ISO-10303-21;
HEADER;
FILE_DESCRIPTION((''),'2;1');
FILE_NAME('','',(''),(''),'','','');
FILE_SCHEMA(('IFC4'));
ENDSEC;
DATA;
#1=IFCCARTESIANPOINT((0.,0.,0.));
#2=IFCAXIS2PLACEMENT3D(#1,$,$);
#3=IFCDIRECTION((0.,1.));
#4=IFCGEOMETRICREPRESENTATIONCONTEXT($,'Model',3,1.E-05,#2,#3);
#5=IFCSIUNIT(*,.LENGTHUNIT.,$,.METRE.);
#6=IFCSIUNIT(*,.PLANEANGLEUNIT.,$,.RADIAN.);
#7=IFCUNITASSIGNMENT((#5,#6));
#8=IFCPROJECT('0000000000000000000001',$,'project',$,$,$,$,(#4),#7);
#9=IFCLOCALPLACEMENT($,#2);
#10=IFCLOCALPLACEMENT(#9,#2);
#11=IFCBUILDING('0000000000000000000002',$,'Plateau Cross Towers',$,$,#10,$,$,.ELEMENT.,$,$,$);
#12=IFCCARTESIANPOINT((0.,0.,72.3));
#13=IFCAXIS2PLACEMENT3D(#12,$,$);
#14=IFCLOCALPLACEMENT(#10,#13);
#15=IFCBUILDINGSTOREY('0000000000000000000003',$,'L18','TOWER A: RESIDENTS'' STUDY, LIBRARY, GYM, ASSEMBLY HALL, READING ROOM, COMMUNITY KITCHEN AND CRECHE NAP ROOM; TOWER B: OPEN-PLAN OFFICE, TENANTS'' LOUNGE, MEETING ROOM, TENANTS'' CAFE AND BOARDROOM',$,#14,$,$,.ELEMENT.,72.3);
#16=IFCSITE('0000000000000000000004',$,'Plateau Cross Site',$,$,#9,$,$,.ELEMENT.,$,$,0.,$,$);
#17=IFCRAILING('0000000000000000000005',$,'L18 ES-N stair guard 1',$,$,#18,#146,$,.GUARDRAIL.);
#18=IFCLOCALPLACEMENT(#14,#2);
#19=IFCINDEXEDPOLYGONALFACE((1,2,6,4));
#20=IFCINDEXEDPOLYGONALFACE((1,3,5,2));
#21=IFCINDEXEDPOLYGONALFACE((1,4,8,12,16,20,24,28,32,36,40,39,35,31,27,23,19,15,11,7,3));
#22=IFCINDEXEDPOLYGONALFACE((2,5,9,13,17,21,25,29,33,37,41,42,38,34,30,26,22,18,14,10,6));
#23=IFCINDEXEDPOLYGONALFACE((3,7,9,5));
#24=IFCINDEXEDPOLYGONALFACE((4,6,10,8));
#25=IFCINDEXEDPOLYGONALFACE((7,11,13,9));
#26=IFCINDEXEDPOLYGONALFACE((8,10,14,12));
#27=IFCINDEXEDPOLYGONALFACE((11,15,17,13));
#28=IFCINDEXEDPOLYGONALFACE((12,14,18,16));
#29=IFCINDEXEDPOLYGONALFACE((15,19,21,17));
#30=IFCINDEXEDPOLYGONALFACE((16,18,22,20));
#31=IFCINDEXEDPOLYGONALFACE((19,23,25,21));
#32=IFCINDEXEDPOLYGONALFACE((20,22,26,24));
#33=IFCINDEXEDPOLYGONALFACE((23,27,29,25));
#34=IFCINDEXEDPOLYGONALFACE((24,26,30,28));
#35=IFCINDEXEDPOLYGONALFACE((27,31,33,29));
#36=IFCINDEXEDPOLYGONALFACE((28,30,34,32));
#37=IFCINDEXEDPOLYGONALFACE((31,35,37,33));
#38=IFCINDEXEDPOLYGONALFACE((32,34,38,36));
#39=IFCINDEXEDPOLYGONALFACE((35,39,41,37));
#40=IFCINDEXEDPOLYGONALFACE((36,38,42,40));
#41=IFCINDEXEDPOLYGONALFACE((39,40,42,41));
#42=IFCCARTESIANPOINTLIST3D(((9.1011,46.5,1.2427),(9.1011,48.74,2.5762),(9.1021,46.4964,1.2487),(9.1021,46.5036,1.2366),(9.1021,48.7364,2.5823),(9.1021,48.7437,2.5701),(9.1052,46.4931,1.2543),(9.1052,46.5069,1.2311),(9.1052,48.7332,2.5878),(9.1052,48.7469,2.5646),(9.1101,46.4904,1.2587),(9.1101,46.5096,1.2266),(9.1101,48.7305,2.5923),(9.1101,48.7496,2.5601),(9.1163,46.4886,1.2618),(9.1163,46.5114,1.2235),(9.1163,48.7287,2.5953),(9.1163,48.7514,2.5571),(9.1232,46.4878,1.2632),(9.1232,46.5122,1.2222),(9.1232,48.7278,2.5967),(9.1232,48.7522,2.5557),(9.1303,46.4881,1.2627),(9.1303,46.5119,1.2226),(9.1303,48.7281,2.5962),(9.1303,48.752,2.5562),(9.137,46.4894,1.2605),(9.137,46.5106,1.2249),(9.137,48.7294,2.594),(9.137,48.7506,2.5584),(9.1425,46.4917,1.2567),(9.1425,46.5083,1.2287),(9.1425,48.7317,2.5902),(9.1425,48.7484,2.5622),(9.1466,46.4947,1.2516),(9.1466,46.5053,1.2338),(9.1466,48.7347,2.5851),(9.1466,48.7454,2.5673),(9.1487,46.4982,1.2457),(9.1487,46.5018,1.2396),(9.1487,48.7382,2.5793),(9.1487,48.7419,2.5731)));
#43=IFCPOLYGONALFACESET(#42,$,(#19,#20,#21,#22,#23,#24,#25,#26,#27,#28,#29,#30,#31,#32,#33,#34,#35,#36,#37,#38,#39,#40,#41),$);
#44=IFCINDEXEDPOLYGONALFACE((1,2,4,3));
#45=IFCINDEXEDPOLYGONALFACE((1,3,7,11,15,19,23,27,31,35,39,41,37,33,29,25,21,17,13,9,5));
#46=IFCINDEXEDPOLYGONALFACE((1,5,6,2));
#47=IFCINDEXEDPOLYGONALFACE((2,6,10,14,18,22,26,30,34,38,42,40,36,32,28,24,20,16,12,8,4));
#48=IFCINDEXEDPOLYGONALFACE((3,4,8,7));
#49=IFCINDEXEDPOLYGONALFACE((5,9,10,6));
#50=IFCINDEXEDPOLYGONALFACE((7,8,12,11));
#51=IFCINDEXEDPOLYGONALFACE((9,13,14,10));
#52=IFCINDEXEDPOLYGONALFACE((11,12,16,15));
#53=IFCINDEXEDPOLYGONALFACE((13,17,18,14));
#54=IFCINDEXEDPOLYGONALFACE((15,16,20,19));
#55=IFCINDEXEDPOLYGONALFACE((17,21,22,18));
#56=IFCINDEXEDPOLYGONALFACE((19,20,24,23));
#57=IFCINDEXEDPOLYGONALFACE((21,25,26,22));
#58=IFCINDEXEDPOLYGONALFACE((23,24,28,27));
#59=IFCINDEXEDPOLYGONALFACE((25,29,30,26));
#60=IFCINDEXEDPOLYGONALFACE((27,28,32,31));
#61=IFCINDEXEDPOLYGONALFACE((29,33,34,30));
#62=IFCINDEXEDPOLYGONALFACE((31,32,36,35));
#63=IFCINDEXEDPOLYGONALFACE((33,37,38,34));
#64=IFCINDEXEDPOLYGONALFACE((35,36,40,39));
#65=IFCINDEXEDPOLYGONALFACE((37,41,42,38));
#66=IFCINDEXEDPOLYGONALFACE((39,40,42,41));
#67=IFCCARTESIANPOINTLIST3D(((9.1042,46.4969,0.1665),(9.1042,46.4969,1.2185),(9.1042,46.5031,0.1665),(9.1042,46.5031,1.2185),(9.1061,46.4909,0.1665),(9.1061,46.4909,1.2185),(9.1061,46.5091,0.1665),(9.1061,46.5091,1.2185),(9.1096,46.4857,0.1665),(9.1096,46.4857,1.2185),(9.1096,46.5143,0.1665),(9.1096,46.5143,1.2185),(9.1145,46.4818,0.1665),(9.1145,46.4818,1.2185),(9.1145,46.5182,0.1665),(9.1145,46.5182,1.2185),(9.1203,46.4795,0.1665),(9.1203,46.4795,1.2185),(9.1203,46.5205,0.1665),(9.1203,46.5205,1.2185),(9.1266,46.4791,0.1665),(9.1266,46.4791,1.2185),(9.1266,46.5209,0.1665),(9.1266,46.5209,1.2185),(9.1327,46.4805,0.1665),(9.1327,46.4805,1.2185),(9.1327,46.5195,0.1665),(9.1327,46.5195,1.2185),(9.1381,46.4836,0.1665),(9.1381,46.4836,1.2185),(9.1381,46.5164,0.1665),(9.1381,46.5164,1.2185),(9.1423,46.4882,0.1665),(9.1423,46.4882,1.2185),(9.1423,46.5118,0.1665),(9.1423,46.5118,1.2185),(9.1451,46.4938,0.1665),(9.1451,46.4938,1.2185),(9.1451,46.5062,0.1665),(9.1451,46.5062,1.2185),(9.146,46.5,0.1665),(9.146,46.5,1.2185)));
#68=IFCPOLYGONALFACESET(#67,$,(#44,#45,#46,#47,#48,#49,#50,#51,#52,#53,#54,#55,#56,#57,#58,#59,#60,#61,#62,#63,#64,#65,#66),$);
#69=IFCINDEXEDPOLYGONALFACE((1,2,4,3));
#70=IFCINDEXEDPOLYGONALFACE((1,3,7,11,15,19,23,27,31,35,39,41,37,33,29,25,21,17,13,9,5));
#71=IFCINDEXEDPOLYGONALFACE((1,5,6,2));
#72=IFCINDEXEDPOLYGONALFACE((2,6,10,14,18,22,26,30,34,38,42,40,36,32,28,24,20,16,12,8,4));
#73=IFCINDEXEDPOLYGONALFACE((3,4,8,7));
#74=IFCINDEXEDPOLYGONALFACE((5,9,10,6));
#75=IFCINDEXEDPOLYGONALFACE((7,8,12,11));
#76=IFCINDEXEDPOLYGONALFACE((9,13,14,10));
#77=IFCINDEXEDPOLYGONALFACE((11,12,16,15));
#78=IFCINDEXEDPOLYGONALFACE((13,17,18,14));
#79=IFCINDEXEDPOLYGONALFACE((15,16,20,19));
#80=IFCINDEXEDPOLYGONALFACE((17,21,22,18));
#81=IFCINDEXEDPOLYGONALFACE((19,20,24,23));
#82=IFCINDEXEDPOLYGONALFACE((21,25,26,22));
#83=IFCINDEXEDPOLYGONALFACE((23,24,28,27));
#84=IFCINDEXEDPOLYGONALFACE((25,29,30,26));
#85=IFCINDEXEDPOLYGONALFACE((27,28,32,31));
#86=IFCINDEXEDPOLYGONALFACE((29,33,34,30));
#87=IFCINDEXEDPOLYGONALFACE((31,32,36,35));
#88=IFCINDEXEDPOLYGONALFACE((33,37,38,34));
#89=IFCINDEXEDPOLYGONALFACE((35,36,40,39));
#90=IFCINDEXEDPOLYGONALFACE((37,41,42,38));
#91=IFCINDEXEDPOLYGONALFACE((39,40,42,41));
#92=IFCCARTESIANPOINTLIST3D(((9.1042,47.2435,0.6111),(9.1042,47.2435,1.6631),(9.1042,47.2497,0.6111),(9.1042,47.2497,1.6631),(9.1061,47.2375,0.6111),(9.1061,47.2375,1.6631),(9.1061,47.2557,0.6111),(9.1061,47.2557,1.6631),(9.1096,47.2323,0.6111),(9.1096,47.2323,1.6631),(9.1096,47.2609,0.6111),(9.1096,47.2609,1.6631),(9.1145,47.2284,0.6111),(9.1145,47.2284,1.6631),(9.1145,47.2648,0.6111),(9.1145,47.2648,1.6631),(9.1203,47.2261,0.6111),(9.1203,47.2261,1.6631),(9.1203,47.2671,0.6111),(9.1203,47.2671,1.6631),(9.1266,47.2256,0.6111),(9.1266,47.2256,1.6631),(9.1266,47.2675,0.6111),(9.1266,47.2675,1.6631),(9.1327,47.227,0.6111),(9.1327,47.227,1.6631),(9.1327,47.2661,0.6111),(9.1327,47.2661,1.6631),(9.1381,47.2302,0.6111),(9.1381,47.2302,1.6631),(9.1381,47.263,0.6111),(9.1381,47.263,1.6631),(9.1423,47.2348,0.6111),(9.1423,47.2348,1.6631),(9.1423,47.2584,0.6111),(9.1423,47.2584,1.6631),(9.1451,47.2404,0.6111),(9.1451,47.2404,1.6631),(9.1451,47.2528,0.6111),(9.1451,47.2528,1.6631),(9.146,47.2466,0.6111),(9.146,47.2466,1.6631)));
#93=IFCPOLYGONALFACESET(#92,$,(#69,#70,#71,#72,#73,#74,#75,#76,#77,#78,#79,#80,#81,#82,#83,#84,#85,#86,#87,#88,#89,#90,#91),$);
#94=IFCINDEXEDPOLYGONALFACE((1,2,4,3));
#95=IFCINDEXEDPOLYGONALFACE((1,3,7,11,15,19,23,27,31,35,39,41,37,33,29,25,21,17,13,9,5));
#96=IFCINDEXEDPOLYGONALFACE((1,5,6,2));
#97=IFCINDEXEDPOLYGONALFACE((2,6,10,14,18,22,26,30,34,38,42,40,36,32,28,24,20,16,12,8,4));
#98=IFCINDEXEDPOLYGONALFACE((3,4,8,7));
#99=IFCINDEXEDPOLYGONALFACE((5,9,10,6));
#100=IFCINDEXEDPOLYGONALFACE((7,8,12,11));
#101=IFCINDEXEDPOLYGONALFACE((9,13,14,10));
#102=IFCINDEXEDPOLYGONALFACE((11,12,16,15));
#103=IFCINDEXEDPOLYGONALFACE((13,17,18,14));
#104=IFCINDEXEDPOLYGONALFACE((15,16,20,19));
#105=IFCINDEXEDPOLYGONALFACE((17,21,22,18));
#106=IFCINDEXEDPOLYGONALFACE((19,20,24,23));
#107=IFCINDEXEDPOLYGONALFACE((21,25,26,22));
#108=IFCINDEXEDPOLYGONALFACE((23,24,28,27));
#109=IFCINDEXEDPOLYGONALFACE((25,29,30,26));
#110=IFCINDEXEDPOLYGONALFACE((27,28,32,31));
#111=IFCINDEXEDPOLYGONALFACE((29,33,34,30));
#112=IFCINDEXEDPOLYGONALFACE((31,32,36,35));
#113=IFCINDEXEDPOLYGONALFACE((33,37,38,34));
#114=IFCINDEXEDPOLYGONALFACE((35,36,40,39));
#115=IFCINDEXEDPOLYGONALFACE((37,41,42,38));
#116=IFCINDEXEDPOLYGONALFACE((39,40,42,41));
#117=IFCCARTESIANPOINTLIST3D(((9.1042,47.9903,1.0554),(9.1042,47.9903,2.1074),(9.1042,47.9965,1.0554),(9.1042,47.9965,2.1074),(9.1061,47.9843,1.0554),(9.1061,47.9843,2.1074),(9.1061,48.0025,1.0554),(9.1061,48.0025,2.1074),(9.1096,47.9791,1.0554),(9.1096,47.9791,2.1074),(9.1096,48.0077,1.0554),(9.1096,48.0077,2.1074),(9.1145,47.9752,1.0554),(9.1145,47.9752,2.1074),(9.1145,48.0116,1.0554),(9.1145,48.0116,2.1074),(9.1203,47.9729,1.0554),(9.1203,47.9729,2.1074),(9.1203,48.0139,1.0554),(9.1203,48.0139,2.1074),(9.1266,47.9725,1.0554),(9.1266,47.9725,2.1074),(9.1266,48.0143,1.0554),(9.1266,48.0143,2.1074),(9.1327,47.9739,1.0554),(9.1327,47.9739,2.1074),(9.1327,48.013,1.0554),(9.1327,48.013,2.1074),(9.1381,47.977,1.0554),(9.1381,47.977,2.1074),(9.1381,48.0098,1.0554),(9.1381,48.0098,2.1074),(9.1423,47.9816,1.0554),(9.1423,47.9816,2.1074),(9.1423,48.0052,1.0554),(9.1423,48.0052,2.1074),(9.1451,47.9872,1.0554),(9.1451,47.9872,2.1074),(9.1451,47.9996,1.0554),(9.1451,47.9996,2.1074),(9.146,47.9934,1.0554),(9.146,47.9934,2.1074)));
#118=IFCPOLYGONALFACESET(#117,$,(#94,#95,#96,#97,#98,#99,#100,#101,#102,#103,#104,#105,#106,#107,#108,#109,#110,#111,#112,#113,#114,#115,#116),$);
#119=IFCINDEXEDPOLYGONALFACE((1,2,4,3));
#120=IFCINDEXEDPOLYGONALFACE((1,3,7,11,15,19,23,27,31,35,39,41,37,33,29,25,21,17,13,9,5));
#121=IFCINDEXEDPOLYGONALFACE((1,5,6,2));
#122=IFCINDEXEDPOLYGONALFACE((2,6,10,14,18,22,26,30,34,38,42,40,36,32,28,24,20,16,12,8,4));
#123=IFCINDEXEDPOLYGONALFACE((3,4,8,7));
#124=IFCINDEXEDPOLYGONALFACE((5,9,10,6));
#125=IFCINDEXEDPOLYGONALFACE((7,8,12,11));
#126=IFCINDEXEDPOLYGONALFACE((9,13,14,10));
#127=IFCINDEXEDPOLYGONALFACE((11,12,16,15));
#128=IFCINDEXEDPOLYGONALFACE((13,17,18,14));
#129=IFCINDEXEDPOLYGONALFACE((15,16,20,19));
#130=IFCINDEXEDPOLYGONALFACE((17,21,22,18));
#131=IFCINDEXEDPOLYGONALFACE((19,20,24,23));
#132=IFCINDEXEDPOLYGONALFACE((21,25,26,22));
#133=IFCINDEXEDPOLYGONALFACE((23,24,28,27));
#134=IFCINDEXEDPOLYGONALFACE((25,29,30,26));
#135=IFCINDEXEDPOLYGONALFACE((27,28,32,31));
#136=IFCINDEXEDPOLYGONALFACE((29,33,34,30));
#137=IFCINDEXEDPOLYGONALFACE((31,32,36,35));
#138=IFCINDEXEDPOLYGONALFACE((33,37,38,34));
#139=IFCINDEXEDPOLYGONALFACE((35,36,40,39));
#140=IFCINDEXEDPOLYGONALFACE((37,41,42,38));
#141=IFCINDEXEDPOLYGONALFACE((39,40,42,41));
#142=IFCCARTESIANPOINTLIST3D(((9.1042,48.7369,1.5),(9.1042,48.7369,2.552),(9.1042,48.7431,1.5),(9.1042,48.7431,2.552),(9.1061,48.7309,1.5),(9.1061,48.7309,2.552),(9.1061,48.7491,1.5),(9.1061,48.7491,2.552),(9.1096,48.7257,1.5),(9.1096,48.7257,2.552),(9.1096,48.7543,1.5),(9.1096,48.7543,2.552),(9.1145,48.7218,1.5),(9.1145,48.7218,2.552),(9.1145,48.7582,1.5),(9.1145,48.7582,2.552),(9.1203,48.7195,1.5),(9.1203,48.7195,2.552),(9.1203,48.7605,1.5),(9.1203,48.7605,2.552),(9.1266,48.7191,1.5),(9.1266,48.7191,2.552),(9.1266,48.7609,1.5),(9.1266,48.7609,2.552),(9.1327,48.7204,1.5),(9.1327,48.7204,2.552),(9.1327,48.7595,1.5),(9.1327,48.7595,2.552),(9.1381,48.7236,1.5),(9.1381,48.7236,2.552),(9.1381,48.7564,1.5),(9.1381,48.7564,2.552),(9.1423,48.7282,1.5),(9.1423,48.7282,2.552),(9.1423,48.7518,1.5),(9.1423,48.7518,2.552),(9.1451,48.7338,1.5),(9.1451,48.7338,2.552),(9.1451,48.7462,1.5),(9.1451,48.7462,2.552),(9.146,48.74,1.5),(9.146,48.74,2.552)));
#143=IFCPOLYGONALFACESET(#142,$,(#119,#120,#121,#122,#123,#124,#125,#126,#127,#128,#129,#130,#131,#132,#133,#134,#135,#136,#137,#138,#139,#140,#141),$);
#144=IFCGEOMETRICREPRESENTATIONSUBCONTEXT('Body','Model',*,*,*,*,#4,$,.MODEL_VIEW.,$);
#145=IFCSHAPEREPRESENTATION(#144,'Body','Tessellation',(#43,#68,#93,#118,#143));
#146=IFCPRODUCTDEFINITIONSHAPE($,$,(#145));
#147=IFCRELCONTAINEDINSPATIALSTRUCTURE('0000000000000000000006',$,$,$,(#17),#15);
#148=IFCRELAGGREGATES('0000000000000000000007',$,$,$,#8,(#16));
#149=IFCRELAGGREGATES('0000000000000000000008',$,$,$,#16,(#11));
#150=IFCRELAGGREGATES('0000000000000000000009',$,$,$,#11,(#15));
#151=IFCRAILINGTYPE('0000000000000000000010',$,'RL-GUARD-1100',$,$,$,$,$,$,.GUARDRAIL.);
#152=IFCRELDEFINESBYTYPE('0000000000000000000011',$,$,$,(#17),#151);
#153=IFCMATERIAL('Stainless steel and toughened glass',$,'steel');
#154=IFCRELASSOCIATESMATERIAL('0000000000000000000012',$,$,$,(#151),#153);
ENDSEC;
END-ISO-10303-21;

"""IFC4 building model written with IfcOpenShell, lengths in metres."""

from ifc_helpers import new_model, si_unit, direction, frame, origin, origin_2d, place, context, subcontext, project, spatial, circle, extrude, material, type_object, element, save


model = new_model("IFC4")

# Units and contexts
model_context = context("Model", 3, precision=1e-05, world=origin(), true_north=direction((0.0, 1.0)))
body_context = subcontext(model_context, "Body", "Model", "MODEL_VIEW")
ifc_project = project(units=[si_unit("LENGTHUNIT", "METRE"), si_unit("PLANEANGLEUNIT", "RADIAN")], contexts=[model_context])

# Site, building, storey
site_placement = place(None, origin())
site = spatial("IfcSite", under=ifc_project, at=site_placement, Name="Plateau Cross Site", CompositionType="ELEMENT", RefElevation=0.0)
building_placement = place(site_placement, origin())
building = spatial("IfcBuilding", under=site, at=building_placement, Name="Plateau Cross Towers", CompositionType="ELEMENT")
storey_placement = place(building_placement, frame((0.0, 0.0, 72.3)))
storey = spatial("IfcBuildingStorey", under=building, at=storey_placement, Name="L18", Description="TOWER A: RESIDENTS' STUDY, LIBRARY, GYM, ASSEMBLY HALL, READING ROOM, COMMUNITY KITCHEN AND CRECHE NAP ROOM; TOWER B: OPEN-PLAN OFFICE, TENANTS' LOUNGE, MEETING ROOM, TENANTS' CAFE AND BOARDROOM", CompositionType="ELEMENT", Elevation=72.3)

# Railing
ifc_material_1 = material(Name="Stainless steel and toughened glass", Category="steel")
railing_type_1 = type_object("IfcRailingType", Name="RL-GUARD-1100", PredefinedType="GUARDRAIL", material=ifc_material_1)
railing_1_placement = place(storey_placement, frame((9.125, 46.5, 0.1665)))
element("IfcRailing", 1, at=railing_1_placement, inside=storey, type_object=railing_type_1, Name="L18 ES-N stair guard 1", PredefinedType="GUARDRAIL", context=body_context, shape_type="SweptSolid", body=[
    extrude(circle(Radius=0.0239, at=origin_2d()), frame((0.0, 0.0, 1.0762), z_axis=(0.0, 0.859264, 0.511532), x_axis=(-1.0, 0.0, 0.0)), (0.0, 0.0, 1.0), 2.6069),
    extrude(circle(Radius=0.021, at=origin_2d()), origin(), (0.0, 0.0, 1.0), 1.052),
    extrude(circle(Radius=0.021, at=origin_2d()), frame((0.0, 0.7466, 0.4446)), (0.0, 0.0, 1.0), 1.052),
    extrude(circle(Radius=0.021, at=origin_2d()), frame((0.0, 1.4934, 0.8889)), (0.0, 0.0, 1.0), 1.052),
    extrude(circle(Radius=0.021, at=origin_2d()), frame((0.0, 2.24, 1.3335)), (0.0, 0.0, 1.0), 1.052),
])

save(model, "model.ifc")
